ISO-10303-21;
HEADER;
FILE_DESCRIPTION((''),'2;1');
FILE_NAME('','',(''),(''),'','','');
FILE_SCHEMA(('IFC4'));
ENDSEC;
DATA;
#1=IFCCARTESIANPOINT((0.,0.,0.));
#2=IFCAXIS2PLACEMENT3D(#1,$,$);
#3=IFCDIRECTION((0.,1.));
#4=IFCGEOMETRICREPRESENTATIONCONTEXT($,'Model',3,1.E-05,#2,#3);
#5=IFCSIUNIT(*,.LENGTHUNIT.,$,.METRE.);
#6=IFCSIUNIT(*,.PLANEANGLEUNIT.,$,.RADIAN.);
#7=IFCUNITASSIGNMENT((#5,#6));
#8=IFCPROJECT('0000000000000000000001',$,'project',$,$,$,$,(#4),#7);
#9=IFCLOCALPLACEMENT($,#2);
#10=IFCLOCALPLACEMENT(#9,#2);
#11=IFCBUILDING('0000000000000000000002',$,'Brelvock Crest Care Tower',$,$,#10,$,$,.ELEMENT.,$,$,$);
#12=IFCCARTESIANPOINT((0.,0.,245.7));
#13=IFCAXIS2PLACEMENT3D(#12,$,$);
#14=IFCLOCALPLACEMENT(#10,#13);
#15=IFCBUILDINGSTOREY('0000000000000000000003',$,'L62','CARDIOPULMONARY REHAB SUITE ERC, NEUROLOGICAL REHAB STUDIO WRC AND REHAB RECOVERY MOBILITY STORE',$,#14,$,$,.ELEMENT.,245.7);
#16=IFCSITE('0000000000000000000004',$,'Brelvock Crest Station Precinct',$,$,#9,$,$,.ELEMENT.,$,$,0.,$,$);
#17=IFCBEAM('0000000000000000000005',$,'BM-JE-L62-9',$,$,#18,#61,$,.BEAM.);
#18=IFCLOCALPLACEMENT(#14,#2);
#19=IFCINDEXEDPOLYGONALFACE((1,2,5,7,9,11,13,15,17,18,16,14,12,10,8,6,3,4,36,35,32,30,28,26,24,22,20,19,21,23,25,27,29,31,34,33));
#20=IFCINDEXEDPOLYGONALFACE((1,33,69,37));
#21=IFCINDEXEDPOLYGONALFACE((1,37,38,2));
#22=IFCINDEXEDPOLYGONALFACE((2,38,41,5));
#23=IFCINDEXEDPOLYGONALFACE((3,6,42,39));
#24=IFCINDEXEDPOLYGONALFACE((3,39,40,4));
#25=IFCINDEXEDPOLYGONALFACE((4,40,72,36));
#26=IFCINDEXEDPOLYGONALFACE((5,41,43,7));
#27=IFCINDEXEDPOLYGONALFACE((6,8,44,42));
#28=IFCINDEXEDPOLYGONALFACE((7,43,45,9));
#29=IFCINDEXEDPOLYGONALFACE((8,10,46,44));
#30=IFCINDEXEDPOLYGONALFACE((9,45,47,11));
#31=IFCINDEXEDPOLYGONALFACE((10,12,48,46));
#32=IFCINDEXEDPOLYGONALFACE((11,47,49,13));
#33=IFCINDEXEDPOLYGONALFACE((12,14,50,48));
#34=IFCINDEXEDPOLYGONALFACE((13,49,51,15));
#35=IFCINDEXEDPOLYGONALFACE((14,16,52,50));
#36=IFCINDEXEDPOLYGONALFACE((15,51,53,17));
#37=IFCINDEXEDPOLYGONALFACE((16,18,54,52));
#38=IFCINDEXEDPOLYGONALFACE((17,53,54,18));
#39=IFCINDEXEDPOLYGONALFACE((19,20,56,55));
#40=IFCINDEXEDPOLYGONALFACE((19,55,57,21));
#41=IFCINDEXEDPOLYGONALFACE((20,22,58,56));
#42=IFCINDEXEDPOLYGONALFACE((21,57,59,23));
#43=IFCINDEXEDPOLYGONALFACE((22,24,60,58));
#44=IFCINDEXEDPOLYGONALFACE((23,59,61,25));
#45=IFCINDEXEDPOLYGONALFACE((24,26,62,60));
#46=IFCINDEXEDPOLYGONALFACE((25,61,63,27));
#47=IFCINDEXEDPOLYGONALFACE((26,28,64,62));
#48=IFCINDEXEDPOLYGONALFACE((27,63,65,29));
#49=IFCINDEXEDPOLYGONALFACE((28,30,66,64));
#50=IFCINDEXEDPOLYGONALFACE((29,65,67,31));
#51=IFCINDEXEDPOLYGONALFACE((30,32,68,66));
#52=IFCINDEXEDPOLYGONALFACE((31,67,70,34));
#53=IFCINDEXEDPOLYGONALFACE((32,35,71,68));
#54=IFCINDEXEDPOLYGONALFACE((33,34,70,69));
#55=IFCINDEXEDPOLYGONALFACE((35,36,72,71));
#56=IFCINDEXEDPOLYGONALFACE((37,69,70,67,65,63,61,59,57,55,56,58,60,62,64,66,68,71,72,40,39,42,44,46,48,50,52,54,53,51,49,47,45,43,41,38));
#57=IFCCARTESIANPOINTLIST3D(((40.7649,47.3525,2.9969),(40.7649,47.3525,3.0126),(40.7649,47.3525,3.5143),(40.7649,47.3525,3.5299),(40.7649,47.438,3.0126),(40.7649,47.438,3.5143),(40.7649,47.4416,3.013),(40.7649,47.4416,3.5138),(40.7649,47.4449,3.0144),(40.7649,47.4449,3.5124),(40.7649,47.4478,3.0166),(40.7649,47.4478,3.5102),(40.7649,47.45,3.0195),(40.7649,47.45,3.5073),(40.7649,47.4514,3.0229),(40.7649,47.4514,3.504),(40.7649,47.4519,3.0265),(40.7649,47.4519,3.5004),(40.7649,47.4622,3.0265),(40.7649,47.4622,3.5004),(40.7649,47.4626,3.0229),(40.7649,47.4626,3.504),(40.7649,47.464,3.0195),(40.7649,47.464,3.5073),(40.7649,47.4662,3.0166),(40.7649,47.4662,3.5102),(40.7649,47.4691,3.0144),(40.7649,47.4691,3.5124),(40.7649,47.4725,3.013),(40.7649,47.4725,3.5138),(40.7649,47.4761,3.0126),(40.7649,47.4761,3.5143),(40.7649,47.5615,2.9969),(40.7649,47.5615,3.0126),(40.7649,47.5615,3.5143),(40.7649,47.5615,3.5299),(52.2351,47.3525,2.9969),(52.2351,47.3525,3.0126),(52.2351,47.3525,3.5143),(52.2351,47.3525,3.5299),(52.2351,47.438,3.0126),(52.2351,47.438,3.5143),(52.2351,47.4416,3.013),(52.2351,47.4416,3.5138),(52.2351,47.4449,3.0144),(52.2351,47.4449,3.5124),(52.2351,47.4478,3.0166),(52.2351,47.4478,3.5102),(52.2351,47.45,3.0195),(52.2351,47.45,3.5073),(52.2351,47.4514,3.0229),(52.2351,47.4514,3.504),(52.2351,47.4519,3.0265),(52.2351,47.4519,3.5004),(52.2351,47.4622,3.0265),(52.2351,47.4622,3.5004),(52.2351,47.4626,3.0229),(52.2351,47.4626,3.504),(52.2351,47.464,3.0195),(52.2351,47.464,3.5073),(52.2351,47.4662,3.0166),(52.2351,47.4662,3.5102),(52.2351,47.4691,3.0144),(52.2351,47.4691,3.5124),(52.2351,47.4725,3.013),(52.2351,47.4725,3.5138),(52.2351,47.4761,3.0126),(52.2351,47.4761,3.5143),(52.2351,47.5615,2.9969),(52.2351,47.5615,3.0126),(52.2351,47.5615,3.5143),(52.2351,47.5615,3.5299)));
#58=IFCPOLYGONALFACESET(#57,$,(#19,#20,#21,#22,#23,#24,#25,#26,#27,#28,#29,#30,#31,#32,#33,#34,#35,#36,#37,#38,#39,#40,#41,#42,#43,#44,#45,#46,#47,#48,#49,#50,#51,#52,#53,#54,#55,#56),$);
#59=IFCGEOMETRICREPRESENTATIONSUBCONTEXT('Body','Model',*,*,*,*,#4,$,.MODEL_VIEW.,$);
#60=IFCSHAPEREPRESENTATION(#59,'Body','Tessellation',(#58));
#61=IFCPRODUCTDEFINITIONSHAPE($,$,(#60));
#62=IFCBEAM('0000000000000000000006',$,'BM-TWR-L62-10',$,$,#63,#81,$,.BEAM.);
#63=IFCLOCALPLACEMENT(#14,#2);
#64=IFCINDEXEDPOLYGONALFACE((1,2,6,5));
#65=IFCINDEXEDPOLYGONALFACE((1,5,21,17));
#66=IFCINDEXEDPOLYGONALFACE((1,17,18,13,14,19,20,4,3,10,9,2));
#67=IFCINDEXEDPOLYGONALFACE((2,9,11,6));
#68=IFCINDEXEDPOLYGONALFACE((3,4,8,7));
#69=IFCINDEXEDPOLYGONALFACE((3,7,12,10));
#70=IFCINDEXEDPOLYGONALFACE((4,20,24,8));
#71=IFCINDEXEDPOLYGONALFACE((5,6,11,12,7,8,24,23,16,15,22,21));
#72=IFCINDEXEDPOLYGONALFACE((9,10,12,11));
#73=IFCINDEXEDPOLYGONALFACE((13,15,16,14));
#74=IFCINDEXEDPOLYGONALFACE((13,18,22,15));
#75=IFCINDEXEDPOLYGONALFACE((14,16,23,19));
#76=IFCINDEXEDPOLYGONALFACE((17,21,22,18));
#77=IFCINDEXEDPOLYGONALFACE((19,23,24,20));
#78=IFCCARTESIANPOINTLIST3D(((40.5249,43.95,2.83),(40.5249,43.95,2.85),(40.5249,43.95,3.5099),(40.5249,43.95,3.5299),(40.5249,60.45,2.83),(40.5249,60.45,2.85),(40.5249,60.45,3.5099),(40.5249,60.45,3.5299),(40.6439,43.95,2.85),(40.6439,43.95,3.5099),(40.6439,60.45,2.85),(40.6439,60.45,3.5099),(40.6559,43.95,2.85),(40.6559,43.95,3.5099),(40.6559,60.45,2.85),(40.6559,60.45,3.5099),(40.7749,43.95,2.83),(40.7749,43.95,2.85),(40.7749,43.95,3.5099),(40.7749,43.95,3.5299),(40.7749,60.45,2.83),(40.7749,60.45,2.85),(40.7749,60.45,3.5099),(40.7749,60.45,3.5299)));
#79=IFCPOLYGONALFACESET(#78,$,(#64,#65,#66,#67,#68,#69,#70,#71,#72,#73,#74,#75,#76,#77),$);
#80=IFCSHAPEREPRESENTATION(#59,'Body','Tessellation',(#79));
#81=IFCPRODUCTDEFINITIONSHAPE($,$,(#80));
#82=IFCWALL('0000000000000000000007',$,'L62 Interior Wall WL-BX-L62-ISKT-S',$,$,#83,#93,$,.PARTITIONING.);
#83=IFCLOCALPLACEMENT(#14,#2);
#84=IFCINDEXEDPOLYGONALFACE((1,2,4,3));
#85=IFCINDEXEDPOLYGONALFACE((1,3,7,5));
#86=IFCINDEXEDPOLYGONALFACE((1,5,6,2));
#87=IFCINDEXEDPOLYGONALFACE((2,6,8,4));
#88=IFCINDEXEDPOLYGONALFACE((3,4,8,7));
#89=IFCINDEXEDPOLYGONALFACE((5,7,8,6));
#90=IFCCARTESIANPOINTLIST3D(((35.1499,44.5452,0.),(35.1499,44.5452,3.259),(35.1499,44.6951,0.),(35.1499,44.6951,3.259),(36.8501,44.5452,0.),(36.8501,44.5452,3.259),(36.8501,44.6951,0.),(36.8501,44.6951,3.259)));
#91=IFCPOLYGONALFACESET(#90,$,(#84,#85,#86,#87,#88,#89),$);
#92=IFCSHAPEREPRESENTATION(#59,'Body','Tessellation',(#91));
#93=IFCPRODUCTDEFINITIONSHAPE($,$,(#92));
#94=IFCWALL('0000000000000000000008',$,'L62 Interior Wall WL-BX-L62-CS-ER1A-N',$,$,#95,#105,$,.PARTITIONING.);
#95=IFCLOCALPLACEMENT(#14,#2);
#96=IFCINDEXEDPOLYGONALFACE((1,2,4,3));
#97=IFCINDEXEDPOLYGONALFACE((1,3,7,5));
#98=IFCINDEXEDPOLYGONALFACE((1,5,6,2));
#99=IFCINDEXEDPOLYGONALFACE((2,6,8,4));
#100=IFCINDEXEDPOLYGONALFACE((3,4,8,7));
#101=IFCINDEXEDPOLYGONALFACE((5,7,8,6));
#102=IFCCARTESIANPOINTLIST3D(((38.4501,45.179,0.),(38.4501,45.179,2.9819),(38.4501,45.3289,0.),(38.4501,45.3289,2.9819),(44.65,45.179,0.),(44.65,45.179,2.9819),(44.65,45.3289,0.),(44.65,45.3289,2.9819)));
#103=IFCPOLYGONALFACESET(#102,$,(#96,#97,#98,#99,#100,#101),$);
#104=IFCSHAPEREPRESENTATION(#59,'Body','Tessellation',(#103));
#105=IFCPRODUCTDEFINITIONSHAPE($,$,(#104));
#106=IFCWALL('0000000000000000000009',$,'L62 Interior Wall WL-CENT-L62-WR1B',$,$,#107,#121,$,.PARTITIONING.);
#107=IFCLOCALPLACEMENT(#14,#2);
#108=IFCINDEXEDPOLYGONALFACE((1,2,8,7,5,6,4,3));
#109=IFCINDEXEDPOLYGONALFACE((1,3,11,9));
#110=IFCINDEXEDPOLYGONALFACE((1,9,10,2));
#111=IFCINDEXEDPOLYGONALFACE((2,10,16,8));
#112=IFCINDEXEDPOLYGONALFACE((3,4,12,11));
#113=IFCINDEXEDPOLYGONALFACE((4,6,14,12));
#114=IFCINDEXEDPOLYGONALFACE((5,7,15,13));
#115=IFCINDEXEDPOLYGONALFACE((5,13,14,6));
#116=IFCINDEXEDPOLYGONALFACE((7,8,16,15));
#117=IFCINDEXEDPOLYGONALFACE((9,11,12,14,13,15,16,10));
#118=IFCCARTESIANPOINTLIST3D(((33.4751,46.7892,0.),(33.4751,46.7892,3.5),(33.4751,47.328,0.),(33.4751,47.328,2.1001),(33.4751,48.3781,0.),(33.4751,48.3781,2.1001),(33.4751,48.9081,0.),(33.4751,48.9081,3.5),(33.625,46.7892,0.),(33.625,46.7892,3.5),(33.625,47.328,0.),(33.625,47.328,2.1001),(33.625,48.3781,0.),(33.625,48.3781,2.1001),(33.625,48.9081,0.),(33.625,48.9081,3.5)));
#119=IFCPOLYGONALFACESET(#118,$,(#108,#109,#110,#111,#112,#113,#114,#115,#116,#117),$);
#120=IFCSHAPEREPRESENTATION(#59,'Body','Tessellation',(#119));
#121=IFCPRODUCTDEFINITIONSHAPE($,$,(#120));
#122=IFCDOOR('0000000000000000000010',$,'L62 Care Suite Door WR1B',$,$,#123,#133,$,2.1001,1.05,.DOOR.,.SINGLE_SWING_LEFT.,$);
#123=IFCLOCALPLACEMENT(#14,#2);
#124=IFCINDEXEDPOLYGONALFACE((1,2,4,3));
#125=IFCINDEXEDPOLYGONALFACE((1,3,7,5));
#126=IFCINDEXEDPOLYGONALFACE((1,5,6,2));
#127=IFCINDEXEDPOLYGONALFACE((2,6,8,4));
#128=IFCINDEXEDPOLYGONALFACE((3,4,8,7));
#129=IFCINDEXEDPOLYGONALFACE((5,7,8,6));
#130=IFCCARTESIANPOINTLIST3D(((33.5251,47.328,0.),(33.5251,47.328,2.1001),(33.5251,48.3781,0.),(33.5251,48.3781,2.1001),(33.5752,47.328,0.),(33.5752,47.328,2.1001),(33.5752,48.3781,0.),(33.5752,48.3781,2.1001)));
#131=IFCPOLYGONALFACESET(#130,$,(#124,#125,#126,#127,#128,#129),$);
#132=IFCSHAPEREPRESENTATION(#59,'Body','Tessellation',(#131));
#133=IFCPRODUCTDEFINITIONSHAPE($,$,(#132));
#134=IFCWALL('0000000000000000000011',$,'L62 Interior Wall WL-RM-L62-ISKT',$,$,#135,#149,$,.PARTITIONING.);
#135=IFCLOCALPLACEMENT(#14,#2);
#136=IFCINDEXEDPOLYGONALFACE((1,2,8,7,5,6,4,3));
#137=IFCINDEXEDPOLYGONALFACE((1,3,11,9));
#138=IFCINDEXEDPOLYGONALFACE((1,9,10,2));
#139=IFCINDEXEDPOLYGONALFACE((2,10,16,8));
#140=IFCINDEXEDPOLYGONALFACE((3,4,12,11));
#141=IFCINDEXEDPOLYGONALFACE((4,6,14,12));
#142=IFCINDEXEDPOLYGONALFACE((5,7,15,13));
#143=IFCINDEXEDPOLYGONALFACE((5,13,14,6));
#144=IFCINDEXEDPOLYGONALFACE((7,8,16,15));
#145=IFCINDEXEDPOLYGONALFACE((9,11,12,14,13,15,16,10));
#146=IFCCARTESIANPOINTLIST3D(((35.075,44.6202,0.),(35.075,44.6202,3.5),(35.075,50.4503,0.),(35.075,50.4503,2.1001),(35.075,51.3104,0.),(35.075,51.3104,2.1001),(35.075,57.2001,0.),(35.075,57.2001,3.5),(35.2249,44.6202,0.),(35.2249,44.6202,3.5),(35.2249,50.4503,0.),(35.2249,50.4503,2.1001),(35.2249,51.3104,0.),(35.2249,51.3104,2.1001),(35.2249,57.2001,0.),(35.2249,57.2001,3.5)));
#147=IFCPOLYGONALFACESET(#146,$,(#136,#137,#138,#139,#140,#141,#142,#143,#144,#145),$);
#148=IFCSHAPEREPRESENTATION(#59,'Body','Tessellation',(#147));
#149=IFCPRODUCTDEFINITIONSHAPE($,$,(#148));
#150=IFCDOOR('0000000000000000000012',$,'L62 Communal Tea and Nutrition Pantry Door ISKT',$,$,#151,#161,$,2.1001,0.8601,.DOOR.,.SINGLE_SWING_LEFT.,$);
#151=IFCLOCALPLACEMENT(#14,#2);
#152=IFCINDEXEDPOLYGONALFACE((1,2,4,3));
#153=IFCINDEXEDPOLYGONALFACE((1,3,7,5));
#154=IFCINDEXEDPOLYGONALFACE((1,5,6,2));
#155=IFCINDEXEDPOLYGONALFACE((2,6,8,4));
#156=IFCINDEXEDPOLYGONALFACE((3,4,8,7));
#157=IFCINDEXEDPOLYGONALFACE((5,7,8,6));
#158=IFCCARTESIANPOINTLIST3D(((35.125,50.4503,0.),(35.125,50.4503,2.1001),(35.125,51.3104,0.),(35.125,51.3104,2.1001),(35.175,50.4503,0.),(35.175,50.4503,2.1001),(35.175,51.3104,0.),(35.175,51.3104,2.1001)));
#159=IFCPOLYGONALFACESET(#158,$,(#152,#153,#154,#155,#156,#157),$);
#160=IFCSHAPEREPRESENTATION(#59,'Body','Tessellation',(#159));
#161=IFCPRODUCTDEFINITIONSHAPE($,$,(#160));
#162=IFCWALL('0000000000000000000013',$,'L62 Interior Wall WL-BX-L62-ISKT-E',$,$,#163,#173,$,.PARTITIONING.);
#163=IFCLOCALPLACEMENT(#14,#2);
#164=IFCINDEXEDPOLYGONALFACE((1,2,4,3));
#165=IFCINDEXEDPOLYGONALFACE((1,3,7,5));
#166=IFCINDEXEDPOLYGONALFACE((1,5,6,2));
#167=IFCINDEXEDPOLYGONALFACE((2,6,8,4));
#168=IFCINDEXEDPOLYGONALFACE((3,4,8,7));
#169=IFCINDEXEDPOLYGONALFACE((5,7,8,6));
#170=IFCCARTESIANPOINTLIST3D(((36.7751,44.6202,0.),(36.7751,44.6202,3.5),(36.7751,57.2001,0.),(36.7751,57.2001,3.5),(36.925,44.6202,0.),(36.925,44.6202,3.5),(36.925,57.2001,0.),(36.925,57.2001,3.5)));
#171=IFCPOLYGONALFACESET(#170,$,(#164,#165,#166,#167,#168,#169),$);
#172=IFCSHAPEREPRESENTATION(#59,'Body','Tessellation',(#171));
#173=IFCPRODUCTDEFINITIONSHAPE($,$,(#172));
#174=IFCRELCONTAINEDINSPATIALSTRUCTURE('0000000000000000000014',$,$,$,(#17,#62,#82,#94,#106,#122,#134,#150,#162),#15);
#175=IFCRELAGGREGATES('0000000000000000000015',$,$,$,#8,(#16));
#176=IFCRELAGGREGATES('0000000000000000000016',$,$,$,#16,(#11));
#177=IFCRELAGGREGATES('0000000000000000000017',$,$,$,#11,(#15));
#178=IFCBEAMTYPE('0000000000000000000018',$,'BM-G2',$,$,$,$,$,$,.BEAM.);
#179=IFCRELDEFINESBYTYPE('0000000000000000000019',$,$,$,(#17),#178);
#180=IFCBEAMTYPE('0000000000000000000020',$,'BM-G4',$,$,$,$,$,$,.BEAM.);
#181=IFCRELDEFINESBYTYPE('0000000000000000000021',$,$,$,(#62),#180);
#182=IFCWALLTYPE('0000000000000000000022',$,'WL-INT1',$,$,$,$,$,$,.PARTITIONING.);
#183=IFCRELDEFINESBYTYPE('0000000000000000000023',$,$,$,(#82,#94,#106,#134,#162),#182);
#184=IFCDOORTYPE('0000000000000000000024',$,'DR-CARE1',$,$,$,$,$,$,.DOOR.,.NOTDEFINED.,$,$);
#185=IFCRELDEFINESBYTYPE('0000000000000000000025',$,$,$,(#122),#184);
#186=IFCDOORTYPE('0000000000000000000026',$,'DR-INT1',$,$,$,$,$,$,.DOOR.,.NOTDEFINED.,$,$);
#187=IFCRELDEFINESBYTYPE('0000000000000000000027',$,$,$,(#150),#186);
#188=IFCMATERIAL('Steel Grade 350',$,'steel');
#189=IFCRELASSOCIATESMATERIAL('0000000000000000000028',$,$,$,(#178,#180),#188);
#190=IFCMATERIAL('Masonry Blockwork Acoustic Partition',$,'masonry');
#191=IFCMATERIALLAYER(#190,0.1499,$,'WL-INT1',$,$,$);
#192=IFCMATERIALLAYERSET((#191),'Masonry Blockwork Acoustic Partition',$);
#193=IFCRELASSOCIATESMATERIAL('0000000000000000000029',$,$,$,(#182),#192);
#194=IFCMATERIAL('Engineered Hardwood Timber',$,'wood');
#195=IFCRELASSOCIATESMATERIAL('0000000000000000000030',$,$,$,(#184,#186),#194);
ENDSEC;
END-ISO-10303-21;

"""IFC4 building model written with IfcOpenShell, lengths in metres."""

from ifc_helpers import new_model, si_unit, direction, frame, frame_2d, origin, origin_2d, place, context, subcontext, project, spatial, rectangle, i_section, extrude, source, transform, mapped, material, layer, layer_set, material_profile, profile_set, type_object, element, fill, save


model = new_model("IFC4")

# Units and contexts
model_context = context("Model", 3, precision=1e-05, world=origin(), true_north=direction((0.0, 1.0)))
body_context = subcontext(model_context, "Body", "Model", "MODEL_VIEW")
ifc_project = project(units=[si_unit("LENGTHUNIT", "METRE"), si_unit("PLANEANGLEUNIT", "RADIAN")], contexts=[model_context])

# Site, building, storey
site_placement = place(None, origin())
site = spatial("IfcSite", under=ifc_project, at=site_placement, Name="Brelvock Crest Station Precinct", CompositionType="ELEMENT", RefElevation=0.0)
building_placement = place(site_placement, origin())
building = spatial("IfcBuilding", under=site, at=building_placement, Name="Brelvock Crest Care Tower", CompositionType="ELEMENT")
storey_placement = place(building_placement, frame((0.0, 0.0, 245.7)))
storey = spatial("IfcBuildingStorey", under=building, at=storey_placement, Name="L62", Description="CARDIOPULMONARY REHAB SUITE ERC, NEUROLOGICAL REHAB STUDIO WRC AND REHAB RECOVERY MOBILITY STORE", CompositionType="ELEMENT", Elevation=245.7)

# Beams
ifc_material_1 = material(Name="Steel Grade 350", Category="steel")
ifc_material_profile_1 = material_profile(ifc_material_1, i_section(OverallWidth=0.209, OverallDepth=0.533, WebThickness=0.0103, FlangeThickness=0.0156, FilletRadius=0.0139, at=origin_2d()), Name="530UB92.4")
ifc_profile_set_1 = profile_set([ifc_material_profile_1], Name="Steel Grade 350")
beam_type_1 = type_object("IfcBeamType", Name="BM-G2", PredefinedType="BEAM", material=ifc_profile_set_1)
shared_shape_1 = source(origin(), body_context, "Body", "SweptSolid", [
    extrude(i_section(OverallWidth=0.209, OverallDepth=0.533, WebThickness=0.0103, FlangeThickness=0.0156, FilletRadius=0.0139, at=origin_2d()), origin(), (0.0, 0.0, 1.0), 11.4702),
])
for number, where, z_axis, x_axis, name in (
    (1, (40.7649, 47.457, 3.2634), (1.0, 0.0, 0.0), (0.0, 1.0, 0.0), "BM-JE-L62-9"),
):
    element("IfcBeam", number, at=place(storey_placement, frame(where, z_axis=z_axis, x_axis=x_axis)), inside=storey, type_object=beam_type_1, Name=name, PredefinedType="BEAM", context=body_context, shape_type="MappedRepresentation", body=[
        mapped(shared_shape_1, transform((0.0, 0.0, 0.0), x_axis=(1.0, 0.0, 0.0), y_axis=(0.0, 1.0, 0.0), z_axis=(0.0, 0.0, 1.0), scale=1.0)),
    ])
ifc_material_profile_2 = material_profile(ifc_material_1, i_section(OverallWidth=0.25, OverallDepth=0.7, WebThickness=0.012, FlangeThickness=0.02, at=origin_2d()), Name="700WB150")
ifc_profile_set_2 = profile_set([ifc_material_profile_2], Name="Steel Grade 350")
beam_type_2 = type_object("IfcBeamType", Name="BM-G4", PredefinedType="BEAM", material=ifc_profile_set_2)
shared_shape_2 = source(origin(), body_context, "Body", "SweptSolid", [
    extrude(i_section(OverallWidth=0.25, OverallDepth=0.7, WebThickness=0.012, FlangeThickness=0.02, at=origin_2d()), origin(), (0.0, 0.0, 1.0), 16.5),
])
beam_placement = place(storey_placement, frame((40.6499, 43.95, 3.1799), z_axis=(0.0, 1.0, 0.0), x_axis=(-1.0, 0.0, 0.0)))
element("IfcBeam", 2, at=beam_placement, inside=storey, type_object=beam_type_2, Name="BM-TWR-L62-10", PredefinedType="BEAM", context=body_context, shape_type="MappedRepresentation", body=[
    mapped(shared_shape_2, transform((0.0, 0.0, 0.0), x_axis=(1.0, 0.0, 0.0), y_axis=(0.0, 1.0, 0.0), z_axis=(0.0, 0.0, 1.0), scale=1.0)),
])

# Walls
ifc_material_2 = material(Name="Masonry Blockwork Acoustic Partition", Category="masonry")
ifc_layer = layer(ifc_material_2, 0.1499, Name="WL-INT1")
ifc_layer_set = layer_set([ifc_layer], Name="Masonry Blockwork Acoustic Partition")
wall_type = type_object("IfcWallType", Name="WL-INT1", PredefinedType="PARTITIONING", material=ifc_layer_set)
wall_1_placement = place(storey_placement, frame((35.1499, 44.6201, 0.0), z_axis=(0.0, 0.0, 1.0), x_axis=(1.0, 0.0, 0.0)))
element("IfcWall", 3, at=wall_1_placement, inside=storey, type_object=wall_type, Name="L62 Interior Wall WL-BX-L62-ISKT-S", PredefinedType="PARTITIONING", context=body_context, shape_type="SweptSolid", body=[
    extrude(rectangle(XDim=1.7002, YDim=0.1499, at=frame_2d((0.8501, 0.0))), origin(), (0.0, 0.0, 1.0), 3.259),
])
wall_2_placement = place(storey_placement, frame((38.45, 45.2539, 0.0), z_axis=(0.0, 0.0, 1.0), x_axis=(1.0, 0.0, 0.0)))
element("IfcWall", 4, at=wall_2_placement, inside=storey, type_object=wall_type, Name="L62 Interior Wall WL-BX-L62-CS-ER1A-N", PredefinedType="PARTITIONING", context=body_context, shape_type="SweptSolid", body=[
    extrude(rectangle(XDim=6.2, YDim=0.1499, at=frame_2d((3.1001, 0.0))), origin(), (0.0, 0.0, 1.0), 2.9819),
])

# Walls, openings, doors
wall_3_placement = place(storey_placement, frame((33.55, 46.7891, 0.0), z_axis=(0.0, 0.0, 1.0), x_axis=(0.0, 1.0, 0.0)))
wall_3 = element("IfcWall", 5, at=wall_3_placement, inside=storey, type_object=wall_type, Name="L62 Interior Wall WL-CENT-L62-WR1B", PredefinedType="PARTITIONING", context=body_context, shape_type="SweptSolid", body=[
    extrude(rectangle(XDim=2.1189, YDim=0.1499, at=frame_2d((1.0596, 0.0))), origin(), (0.0, 0.0, 1.0), 3.5),
])
opening_1_placement = place(wall_3_placement, frame((0.5391, 0.0, 0.0)))
opening_1 = element("IfcOpeningElement", 6, at=opening_1_placement, cuts=wall_3, PredefinedType="OPENING", context=body_context, shape_type="SweptSolid", body=[
    extrude(rectangle(XDim=1.05, YDim=2.1001, at=origin_2d()), frame((0.5249, 0.085, 1.05), z_axis=(0.0, -1.0, 0.0), x_axis=(1.0, 0.0, 0.0)), (0.0, 0.0, 1.0), 0.1699),
])
ifc_material_3 = material(Name="Engineered Hardwood Timber", Category="wood")
door_type_1 = type_object("IfcDoorType", Name="DR-CARE1", OperationType="NOTDEFINED", PredefinedType="DOOR", material=ifc_material_3)
shared_shape_3 = source(origin(), body_context, "Body", "SweptSolid", [
    extrude(rectangle(XDim=1.05, YDim=2.1001, at=origin_2d()), frame((0.5249, 0.0249, 1.05), z_axis=(0.0, -1.0, 0.0), x_axis=(1.0, 0.0, 0.0)), (0.0, 0.0, 1.0), 0.05),
])
door_1_placement = place(opening_1_placement, origin())
door_1 = element("IfcDoor", 7, at=door_1_placement, inside=storey, type_object=door_type_1, Name="L62 Care Suite Door WR1B", OperationType="SINGLE_SWING_LEFT", OverallHeight=2.1001, OverallWidth=1.05, PredefinedType="DOOR", context=body_context, shape_type="MappedRepresentation", body=[
    mapped(shared_shape_3, transform((0.0, 0.0, 0.0), x_axis=(1.0, 0.0, 0.0), y_axis=(0.0, 1.0, 0.0), z_axis=(0.0, 0.0, 1.0), scale=1.0)),
])
fill(opening_1, door_1)
wall_4_placement = place(storey_placement, frame((35.1499, 44.6201, 0.0), z_axis=(0.0, 0.0, 1.0), x_axis=(0.0, 1.0, 0.0)))
wall_4 = element("IfcWall", 8, at=wall_4_placement, inside=storey, type_object=wall_type, Name="L62 Interior Wall WL-RM-L62-ISKT", PredefinedType="PARTITIONING", context=body_context, shape_type="SweptSolid", body=[
    extrude(rectangle(XDim=12.5798, YDim=0.1499, at=frame_2d((6.29, 0.0))), origin(), (0.0, 0.0, 1.0), 3.5),
])
opening_2_placement = place(wall_4_placement, frame((5.8301, 0.0, 0.0)))
opening_2 = element("IfcOpeningElement", 9, at=opening_2_placement, cuts=wall_4, PredefinedType="OPENING", context=body_context, shape_type="SweptSolid", body=[
    extrude(rectangle(XDim=0.8601, YDim=2.1001, at=origin_2d()), frame((0.4302, 0.085, 1.05), z_axis=(0.0, -1.0, 0.0), x_axis=(1.0, 0.0, 0.0)), (0.0, 0.0, 1.0), 0.1699),
])
door_type_2 = type_object("IfcDoorType", Name="DR-INT1", OperationType="NOTDEFINED", PredefinedType="DOOR", material=ifc_material_3)
shared_shape_4 = source(origin(), body_context, "Body", "SweptSolid", [
    extrude(rectangle(XDim=0.8601, YDim=2.1001, at=origin_2d()), frame((0.4302, 0.0249, 1.05), z_axis=(0.0, -1.0, 0.0), x_axis=(1.0, 0.0, 0.0)), (0.0, 0.0, 1.0), 0.05),
])
door_2_placement = place(opening_2_placement, origin())
door_2 = element("IfcDoor", 10, at=door_2_placement, inside=storey, type_object=door_type_2, Name="L62 Communal Tea and Nutrition Pantry Door ISKT", OperationType="SINGLE_SWING_LEFT", OverallHeight=2.1001, OverallWidth=0.8601, PredefinedType="DOOR", context=body_context, shape_type="MappedRepresentation", body=[
    mapped(shared_shape_4, transform((0.0, 0.0, 0.0), x_axis=(1.0, 0.0, 0.0), y_axis=(0.0, 1.0, 0.0), z_axis=(0.0, 0.0, 1.0), scale=1.0)),
])
fill(opening_2, door_2)

# Wall
wall_5_placement = place(storey_placement, frame((36.8501, 44.6201, 0.0), z_axis=(0.0, 0.0, 1.0), x_axis=(0.0, 1.0, 0.0)))
element("IfcWall", 11, at=wall_5_placement, inside=storey, type_object=wall_type, Name="L62 Interior Wall WL-BX-L62-ISKT-E", PredefinedType="PARTITIONING", context=body_context, shape_type="SweptSolid", body=[
    extrude(rectangle(XDim=12.5798, YDim=0.1499, at=frame_2d((6.29, 0.0))), origin(), (0.0, 0.0, 1.0), 3.5),
])

save(model, "model.ifc")
